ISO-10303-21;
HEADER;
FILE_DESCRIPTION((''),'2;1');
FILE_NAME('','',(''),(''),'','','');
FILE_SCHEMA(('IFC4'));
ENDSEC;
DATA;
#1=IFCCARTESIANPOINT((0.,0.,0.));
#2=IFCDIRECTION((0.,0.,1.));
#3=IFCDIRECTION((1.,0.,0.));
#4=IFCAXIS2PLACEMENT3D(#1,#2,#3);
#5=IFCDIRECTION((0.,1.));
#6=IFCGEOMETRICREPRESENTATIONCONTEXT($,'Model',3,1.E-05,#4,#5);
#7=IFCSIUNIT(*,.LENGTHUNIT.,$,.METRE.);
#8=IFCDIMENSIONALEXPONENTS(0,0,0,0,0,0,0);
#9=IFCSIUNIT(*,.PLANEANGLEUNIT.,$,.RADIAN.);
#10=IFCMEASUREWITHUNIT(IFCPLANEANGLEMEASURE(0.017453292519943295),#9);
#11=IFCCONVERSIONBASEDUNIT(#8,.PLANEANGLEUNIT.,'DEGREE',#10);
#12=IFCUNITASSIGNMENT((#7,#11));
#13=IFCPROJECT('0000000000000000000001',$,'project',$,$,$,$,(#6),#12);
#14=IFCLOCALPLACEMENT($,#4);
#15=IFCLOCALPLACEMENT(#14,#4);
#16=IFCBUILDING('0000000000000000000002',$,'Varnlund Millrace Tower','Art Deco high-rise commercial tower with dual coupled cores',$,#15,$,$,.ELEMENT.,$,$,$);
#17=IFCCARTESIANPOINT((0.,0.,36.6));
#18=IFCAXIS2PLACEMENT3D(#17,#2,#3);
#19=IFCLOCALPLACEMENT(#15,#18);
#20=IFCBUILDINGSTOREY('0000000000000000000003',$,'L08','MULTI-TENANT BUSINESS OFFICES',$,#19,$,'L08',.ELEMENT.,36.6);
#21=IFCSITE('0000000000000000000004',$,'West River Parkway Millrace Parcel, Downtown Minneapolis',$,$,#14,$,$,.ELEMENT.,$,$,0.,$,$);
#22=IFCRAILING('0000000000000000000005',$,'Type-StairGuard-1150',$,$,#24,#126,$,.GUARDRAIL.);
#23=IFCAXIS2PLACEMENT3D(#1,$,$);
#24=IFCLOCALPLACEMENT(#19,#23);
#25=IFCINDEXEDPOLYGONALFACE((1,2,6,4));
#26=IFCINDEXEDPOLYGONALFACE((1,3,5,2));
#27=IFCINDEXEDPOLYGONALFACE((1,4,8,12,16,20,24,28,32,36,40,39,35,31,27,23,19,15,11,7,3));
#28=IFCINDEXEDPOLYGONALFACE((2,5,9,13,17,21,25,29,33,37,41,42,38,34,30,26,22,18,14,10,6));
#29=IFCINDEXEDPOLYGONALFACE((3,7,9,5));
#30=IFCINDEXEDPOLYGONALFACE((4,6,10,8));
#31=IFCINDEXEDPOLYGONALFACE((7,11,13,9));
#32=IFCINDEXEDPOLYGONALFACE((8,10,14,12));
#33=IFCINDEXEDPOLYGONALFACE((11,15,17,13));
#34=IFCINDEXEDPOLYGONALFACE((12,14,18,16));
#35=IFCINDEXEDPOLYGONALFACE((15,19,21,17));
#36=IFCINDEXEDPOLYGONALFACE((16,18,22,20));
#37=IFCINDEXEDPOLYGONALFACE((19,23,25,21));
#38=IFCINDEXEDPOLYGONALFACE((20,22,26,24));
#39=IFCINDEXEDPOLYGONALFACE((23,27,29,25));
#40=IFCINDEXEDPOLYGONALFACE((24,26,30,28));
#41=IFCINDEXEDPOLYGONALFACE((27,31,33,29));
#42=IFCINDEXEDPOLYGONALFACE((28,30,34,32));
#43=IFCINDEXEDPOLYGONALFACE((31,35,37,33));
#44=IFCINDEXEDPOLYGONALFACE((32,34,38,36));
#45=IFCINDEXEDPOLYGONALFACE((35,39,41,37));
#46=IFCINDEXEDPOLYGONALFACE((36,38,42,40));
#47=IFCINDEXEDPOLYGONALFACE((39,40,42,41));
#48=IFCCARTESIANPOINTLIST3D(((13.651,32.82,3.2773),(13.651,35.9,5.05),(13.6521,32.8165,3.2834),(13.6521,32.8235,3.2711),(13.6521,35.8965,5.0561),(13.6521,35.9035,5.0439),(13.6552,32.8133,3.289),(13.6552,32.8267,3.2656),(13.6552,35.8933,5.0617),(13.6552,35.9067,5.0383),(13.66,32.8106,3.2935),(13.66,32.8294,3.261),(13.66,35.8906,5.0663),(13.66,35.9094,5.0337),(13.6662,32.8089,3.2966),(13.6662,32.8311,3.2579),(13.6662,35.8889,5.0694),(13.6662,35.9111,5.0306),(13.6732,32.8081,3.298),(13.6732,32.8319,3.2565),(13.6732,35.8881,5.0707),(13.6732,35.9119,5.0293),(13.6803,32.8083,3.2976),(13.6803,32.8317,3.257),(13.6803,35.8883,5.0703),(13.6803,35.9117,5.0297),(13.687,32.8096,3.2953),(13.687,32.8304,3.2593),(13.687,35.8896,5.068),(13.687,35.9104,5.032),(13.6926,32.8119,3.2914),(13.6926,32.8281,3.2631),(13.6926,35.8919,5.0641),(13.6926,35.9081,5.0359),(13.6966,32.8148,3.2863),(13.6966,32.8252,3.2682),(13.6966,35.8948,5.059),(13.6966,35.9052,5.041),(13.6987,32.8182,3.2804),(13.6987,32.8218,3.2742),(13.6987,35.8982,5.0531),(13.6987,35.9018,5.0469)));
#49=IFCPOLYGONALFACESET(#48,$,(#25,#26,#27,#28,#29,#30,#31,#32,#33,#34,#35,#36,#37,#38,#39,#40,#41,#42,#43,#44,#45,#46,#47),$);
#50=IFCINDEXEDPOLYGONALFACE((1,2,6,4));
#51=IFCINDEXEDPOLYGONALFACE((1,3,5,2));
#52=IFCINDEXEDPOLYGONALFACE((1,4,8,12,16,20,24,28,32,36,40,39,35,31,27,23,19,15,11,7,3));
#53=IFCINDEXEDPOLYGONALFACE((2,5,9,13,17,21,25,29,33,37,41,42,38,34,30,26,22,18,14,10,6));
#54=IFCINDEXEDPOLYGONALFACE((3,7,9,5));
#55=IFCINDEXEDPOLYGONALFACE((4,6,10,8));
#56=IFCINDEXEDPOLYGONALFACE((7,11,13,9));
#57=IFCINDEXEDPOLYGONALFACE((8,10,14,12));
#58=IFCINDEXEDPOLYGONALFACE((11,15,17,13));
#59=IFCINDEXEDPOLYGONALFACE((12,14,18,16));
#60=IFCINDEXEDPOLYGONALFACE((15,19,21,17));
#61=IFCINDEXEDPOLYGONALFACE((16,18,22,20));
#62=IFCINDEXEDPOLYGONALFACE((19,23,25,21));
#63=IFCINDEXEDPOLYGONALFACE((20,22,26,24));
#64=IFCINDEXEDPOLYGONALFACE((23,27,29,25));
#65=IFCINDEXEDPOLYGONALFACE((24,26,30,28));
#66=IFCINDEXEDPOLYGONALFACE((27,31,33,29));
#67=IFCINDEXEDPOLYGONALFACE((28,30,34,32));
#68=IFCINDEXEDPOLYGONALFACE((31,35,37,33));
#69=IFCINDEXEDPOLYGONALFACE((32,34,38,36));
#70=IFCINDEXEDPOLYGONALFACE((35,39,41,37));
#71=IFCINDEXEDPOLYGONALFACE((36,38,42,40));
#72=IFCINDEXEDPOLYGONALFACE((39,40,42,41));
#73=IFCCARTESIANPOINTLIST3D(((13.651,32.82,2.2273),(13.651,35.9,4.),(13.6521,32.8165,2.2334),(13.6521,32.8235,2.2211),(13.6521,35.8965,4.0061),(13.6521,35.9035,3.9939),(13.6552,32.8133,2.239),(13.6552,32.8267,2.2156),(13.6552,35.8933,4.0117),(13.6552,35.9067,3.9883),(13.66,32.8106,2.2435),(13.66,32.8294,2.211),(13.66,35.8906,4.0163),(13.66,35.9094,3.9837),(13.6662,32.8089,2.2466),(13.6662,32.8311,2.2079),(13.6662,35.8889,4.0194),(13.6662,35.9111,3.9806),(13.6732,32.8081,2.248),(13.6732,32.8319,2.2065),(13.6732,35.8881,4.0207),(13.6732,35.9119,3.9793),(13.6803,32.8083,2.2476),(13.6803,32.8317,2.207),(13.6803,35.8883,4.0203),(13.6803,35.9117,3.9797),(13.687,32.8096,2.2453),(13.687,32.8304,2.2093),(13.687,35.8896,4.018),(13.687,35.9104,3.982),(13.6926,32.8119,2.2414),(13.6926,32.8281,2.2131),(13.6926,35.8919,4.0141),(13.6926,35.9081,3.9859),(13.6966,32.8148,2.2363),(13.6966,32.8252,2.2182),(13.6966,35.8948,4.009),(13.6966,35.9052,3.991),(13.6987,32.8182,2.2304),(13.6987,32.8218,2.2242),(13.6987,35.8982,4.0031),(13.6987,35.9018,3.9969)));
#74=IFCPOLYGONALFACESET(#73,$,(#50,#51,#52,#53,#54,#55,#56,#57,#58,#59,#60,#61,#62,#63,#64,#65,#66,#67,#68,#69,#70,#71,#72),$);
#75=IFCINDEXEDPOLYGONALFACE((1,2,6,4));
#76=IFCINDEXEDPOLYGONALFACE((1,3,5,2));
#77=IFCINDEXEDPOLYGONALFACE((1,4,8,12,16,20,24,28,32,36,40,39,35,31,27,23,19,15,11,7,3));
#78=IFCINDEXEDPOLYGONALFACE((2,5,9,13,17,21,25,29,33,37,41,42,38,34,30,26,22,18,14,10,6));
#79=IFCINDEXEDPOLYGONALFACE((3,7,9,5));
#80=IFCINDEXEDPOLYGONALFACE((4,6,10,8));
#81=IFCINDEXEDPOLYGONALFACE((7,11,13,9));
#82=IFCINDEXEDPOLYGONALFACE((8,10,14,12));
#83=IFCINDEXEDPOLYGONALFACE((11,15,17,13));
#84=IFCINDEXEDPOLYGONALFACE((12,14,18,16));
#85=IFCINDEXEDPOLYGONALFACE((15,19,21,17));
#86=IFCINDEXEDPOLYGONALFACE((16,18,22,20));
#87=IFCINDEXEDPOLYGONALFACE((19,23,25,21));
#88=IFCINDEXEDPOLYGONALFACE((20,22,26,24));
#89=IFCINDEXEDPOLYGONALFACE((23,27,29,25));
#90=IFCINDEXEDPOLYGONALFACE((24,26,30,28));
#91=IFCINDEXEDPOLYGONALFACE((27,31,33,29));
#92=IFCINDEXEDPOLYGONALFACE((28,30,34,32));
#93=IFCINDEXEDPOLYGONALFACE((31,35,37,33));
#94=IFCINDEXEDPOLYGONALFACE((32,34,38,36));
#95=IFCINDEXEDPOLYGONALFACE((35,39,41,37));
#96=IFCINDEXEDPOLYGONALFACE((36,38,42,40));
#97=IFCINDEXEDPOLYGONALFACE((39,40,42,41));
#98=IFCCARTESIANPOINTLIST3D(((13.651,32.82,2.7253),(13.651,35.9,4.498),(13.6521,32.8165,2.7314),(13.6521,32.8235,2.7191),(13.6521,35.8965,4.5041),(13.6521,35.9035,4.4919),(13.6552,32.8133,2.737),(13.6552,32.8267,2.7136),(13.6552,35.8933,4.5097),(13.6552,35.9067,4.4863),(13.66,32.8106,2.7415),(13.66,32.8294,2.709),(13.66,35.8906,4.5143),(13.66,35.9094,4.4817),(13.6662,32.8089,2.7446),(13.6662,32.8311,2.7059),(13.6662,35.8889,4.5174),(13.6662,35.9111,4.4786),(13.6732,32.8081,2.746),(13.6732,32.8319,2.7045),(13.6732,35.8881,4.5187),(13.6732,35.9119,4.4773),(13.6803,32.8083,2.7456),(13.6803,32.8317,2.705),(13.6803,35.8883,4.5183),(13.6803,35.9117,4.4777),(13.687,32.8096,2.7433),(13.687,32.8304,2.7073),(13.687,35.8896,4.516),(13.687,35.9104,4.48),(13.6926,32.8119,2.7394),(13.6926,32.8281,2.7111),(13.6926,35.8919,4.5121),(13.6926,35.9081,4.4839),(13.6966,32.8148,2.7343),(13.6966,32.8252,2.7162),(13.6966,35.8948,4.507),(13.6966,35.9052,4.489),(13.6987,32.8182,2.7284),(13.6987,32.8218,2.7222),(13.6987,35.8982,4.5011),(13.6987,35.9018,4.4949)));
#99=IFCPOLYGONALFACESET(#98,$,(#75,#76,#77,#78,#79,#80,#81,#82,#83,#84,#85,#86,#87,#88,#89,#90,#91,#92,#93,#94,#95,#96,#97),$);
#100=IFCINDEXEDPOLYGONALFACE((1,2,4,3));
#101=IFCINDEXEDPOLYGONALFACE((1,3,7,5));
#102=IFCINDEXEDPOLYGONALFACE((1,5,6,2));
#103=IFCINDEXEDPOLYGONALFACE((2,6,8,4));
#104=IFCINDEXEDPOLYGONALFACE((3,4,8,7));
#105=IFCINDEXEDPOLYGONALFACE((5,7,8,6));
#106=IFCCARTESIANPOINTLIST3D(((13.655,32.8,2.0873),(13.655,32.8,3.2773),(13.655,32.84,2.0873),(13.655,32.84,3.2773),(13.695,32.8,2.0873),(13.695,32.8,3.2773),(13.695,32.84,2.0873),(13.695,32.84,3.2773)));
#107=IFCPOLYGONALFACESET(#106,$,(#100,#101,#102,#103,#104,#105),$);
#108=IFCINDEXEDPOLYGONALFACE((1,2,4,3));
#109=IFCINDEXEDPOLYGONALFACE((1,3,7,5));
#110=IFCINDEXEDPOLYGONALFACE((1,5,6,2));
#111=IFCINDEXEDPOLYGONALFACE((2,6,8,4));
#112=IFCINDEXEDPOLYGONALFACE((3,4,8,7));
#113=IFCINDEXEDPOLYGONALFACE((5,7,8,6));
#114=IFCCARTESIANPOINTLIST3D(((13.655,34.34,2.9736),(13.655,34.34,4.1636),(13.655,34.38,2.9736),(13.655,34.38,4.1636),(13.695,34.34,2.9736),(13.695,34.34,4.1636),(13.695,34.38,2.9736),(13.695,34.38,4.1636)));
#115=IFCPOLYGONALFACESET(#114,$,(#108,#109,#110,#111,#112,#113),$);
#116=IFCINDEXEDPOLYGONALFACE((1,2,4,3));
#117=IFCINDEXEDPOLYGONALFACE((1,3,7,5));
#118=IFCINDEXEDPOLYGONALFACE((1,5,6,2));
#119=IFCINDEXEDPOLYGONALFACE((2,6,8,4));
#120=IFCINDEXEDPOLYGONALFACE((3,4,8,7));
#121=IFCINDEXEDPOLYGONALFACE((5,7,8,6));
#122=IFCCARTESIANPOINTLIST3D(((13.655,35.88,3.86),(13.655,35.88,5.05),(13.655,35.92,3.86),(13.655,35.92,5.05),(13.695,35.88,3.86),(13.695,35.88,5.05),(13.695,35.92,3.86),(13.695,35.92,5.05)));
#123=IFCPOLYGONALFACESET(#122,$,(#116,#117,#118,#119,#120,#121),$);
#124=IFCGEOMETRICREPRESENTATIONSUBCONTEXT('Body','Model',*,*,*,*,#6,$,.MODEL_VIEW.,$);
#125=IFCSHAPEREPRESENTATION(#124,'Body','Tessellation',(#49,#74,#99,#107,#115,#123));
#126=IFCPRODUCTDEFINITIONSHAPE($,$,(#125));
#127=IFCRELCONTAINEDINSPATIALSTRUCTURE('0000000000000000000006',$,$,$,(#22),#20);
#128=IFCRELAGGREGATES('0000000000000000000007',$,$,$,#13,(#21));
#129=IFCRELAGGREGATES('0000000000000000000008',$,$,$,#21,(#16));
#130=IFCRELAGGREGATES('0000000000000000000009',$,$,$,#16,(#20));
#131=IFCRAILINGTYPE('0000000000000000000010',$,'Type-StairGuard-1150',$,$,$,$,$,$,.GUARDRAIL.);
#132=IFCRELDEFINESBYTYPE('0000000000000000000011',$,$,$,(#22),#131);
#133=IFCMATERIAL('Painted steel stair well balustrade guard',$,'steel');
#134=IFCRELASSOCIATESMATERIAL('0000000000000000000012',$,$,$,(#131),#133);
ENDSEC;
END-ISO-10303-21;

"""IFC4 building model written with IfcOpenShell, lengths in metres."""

from ifc_helpers import new_model, entity, si_unit, converted_unit, direction, frame, origin_with_axes, origin_2d_with_axis, place, context, subcontext, project, spatial, rectangle, circle, extrude, material, type_object, element, save


model = new_model("IFC4")

# Units and contexts
model_context = context("Model", 3, precision=1e-05, world=origin_with_axes(), true_north=direction((0.0, 1.0)))
body_context = subcontext(model_context, "Body", "Model", "MODEL_VIEW")
ifc_project = project(units=[si_unit("LENGTHUNIT", "METRE"), converted_unit("PLANEANGLEUNIT", "DEGREE", entity("IfcPlaneAngleMeasure", 0.017453292519943295), si_unit("PLANEANGLEUNIT", "RADIAN"), dimensions=[0, 0, 0, 0, 0, 0, 0])], contexts=[model_context])

# Site, building, storey
site_placement = place(None, origin_with_axes())
site = spatial("IfcSite", under=ifc_project, at=site_placement, Name="West River Parkway Millrace Parcel, Downtown Minneapolis", CompositionType="ELEMENT", RefElevation=0.0)
building_placement = place(site_placement, origin_with_axes())
building = spatial("IfcBuilding", under=site, at=building_placement, Name="Varnlund Millrace Tower", Description="Art Deco high-rise commercial tower with dual coupled cores", CompositionType="ELEMENT")
storey_placement = place(building_placement, frame((0.0, 0.0, 36.6), z_axis=(0.0, 0.0, 1.0), x_axis=(1.0, 0.0, 0.0)))
storey = spatial("IfcBuildingStorey", under=building, at=storey_placement, Name="L08", Description="MULTI-TENANT BUSINESS OFFICES", LongName="L08", CompositionType="ELEMENT", Elevation=36.6)

# Railing
ifc_material_1 = material(Name="Painted steel stair well balustrade guard", Category="steel")
railing_type_1 = type_object("IfcRailingType", Name="Type-StairGuard-1150", PredefinedType="GUARDRAIL", material=ifc_material_1)
railing_1_placement = place(storey_placement, frame((0.0, 0.0, -36.6), z_axis=(0.0, 0.0, 1.0), x_axis=(1.0, 0.0, 0.0)))
element("IfcRailing", 1, at=railing_1_placement, inside=storey, type_object=railing_type_1, Name="Type-StairGuard-1150", PredefinedType="GUARDRAIL", context=body_context, shape_type="SweptSolid", body=[
    extrude(circle(Radius=0.024, at=origin_2d_with_axis()), frame((13.675, 32.82, 39.8773), z_axis=(0.0, 0.866696, 0.498836), x_axis=(-1.0, 0.0, 0.0)), (0.0, 0.0, 1.0), 3.5537),
    extrude(circle(Radius=0.024, at=origin_2d_with_axis()), frame((13.675, 32.82, 38.8273), z_axis=(0.0, 0.866696, 0.498836), x_axis=(-1.0, 0.0, 0.0)), (0.0, 0.0, 1.0), 3.5537),
    extrude(circle(Radius=0.024, at=origin_2d_with_axis()), frame((13.675, 32.82, 39.3253), z_axis=(0.0, 0.866696, 0.498836), x_axis=(-1.0, 0.0, 0.0)), (0.0, 0.0, 1.0), 3.5537),
    extrude(rectangle(XDim=0.04, YDim=0.04, at=origin_2d_with_axis()), frame((13.675, 32.82, 38.6873), z_axis=(0.0, 0.0, 1.0), x_axis=(1.0, 0.0, 0.0)), (0.0, 0.0, 1.0), 1.19),
    extrude(rectangle(XDim=0.04, YDim=0.04, at=origin_2d_with_axis()), frame((13.675, 34.36, 39.5736), z_axis=(0.0, 0.0, 1.0), x_axis=(1.0, 0.0, 0.0)), (0.0, 0.0, 1.0), 1.19),
    extrude(rectangle(XDim=0.04, YDim=0.04, at=origin_2d_with_axis()), frame((13.675, 35.9, 40.46), z_axis=(0.0, 0.0, 1.0), x_axis=(1.0, 0.0, 0.0)), (0.0, 0.0, 1.0), 1.19),
])

save(model, "model.ifc")
